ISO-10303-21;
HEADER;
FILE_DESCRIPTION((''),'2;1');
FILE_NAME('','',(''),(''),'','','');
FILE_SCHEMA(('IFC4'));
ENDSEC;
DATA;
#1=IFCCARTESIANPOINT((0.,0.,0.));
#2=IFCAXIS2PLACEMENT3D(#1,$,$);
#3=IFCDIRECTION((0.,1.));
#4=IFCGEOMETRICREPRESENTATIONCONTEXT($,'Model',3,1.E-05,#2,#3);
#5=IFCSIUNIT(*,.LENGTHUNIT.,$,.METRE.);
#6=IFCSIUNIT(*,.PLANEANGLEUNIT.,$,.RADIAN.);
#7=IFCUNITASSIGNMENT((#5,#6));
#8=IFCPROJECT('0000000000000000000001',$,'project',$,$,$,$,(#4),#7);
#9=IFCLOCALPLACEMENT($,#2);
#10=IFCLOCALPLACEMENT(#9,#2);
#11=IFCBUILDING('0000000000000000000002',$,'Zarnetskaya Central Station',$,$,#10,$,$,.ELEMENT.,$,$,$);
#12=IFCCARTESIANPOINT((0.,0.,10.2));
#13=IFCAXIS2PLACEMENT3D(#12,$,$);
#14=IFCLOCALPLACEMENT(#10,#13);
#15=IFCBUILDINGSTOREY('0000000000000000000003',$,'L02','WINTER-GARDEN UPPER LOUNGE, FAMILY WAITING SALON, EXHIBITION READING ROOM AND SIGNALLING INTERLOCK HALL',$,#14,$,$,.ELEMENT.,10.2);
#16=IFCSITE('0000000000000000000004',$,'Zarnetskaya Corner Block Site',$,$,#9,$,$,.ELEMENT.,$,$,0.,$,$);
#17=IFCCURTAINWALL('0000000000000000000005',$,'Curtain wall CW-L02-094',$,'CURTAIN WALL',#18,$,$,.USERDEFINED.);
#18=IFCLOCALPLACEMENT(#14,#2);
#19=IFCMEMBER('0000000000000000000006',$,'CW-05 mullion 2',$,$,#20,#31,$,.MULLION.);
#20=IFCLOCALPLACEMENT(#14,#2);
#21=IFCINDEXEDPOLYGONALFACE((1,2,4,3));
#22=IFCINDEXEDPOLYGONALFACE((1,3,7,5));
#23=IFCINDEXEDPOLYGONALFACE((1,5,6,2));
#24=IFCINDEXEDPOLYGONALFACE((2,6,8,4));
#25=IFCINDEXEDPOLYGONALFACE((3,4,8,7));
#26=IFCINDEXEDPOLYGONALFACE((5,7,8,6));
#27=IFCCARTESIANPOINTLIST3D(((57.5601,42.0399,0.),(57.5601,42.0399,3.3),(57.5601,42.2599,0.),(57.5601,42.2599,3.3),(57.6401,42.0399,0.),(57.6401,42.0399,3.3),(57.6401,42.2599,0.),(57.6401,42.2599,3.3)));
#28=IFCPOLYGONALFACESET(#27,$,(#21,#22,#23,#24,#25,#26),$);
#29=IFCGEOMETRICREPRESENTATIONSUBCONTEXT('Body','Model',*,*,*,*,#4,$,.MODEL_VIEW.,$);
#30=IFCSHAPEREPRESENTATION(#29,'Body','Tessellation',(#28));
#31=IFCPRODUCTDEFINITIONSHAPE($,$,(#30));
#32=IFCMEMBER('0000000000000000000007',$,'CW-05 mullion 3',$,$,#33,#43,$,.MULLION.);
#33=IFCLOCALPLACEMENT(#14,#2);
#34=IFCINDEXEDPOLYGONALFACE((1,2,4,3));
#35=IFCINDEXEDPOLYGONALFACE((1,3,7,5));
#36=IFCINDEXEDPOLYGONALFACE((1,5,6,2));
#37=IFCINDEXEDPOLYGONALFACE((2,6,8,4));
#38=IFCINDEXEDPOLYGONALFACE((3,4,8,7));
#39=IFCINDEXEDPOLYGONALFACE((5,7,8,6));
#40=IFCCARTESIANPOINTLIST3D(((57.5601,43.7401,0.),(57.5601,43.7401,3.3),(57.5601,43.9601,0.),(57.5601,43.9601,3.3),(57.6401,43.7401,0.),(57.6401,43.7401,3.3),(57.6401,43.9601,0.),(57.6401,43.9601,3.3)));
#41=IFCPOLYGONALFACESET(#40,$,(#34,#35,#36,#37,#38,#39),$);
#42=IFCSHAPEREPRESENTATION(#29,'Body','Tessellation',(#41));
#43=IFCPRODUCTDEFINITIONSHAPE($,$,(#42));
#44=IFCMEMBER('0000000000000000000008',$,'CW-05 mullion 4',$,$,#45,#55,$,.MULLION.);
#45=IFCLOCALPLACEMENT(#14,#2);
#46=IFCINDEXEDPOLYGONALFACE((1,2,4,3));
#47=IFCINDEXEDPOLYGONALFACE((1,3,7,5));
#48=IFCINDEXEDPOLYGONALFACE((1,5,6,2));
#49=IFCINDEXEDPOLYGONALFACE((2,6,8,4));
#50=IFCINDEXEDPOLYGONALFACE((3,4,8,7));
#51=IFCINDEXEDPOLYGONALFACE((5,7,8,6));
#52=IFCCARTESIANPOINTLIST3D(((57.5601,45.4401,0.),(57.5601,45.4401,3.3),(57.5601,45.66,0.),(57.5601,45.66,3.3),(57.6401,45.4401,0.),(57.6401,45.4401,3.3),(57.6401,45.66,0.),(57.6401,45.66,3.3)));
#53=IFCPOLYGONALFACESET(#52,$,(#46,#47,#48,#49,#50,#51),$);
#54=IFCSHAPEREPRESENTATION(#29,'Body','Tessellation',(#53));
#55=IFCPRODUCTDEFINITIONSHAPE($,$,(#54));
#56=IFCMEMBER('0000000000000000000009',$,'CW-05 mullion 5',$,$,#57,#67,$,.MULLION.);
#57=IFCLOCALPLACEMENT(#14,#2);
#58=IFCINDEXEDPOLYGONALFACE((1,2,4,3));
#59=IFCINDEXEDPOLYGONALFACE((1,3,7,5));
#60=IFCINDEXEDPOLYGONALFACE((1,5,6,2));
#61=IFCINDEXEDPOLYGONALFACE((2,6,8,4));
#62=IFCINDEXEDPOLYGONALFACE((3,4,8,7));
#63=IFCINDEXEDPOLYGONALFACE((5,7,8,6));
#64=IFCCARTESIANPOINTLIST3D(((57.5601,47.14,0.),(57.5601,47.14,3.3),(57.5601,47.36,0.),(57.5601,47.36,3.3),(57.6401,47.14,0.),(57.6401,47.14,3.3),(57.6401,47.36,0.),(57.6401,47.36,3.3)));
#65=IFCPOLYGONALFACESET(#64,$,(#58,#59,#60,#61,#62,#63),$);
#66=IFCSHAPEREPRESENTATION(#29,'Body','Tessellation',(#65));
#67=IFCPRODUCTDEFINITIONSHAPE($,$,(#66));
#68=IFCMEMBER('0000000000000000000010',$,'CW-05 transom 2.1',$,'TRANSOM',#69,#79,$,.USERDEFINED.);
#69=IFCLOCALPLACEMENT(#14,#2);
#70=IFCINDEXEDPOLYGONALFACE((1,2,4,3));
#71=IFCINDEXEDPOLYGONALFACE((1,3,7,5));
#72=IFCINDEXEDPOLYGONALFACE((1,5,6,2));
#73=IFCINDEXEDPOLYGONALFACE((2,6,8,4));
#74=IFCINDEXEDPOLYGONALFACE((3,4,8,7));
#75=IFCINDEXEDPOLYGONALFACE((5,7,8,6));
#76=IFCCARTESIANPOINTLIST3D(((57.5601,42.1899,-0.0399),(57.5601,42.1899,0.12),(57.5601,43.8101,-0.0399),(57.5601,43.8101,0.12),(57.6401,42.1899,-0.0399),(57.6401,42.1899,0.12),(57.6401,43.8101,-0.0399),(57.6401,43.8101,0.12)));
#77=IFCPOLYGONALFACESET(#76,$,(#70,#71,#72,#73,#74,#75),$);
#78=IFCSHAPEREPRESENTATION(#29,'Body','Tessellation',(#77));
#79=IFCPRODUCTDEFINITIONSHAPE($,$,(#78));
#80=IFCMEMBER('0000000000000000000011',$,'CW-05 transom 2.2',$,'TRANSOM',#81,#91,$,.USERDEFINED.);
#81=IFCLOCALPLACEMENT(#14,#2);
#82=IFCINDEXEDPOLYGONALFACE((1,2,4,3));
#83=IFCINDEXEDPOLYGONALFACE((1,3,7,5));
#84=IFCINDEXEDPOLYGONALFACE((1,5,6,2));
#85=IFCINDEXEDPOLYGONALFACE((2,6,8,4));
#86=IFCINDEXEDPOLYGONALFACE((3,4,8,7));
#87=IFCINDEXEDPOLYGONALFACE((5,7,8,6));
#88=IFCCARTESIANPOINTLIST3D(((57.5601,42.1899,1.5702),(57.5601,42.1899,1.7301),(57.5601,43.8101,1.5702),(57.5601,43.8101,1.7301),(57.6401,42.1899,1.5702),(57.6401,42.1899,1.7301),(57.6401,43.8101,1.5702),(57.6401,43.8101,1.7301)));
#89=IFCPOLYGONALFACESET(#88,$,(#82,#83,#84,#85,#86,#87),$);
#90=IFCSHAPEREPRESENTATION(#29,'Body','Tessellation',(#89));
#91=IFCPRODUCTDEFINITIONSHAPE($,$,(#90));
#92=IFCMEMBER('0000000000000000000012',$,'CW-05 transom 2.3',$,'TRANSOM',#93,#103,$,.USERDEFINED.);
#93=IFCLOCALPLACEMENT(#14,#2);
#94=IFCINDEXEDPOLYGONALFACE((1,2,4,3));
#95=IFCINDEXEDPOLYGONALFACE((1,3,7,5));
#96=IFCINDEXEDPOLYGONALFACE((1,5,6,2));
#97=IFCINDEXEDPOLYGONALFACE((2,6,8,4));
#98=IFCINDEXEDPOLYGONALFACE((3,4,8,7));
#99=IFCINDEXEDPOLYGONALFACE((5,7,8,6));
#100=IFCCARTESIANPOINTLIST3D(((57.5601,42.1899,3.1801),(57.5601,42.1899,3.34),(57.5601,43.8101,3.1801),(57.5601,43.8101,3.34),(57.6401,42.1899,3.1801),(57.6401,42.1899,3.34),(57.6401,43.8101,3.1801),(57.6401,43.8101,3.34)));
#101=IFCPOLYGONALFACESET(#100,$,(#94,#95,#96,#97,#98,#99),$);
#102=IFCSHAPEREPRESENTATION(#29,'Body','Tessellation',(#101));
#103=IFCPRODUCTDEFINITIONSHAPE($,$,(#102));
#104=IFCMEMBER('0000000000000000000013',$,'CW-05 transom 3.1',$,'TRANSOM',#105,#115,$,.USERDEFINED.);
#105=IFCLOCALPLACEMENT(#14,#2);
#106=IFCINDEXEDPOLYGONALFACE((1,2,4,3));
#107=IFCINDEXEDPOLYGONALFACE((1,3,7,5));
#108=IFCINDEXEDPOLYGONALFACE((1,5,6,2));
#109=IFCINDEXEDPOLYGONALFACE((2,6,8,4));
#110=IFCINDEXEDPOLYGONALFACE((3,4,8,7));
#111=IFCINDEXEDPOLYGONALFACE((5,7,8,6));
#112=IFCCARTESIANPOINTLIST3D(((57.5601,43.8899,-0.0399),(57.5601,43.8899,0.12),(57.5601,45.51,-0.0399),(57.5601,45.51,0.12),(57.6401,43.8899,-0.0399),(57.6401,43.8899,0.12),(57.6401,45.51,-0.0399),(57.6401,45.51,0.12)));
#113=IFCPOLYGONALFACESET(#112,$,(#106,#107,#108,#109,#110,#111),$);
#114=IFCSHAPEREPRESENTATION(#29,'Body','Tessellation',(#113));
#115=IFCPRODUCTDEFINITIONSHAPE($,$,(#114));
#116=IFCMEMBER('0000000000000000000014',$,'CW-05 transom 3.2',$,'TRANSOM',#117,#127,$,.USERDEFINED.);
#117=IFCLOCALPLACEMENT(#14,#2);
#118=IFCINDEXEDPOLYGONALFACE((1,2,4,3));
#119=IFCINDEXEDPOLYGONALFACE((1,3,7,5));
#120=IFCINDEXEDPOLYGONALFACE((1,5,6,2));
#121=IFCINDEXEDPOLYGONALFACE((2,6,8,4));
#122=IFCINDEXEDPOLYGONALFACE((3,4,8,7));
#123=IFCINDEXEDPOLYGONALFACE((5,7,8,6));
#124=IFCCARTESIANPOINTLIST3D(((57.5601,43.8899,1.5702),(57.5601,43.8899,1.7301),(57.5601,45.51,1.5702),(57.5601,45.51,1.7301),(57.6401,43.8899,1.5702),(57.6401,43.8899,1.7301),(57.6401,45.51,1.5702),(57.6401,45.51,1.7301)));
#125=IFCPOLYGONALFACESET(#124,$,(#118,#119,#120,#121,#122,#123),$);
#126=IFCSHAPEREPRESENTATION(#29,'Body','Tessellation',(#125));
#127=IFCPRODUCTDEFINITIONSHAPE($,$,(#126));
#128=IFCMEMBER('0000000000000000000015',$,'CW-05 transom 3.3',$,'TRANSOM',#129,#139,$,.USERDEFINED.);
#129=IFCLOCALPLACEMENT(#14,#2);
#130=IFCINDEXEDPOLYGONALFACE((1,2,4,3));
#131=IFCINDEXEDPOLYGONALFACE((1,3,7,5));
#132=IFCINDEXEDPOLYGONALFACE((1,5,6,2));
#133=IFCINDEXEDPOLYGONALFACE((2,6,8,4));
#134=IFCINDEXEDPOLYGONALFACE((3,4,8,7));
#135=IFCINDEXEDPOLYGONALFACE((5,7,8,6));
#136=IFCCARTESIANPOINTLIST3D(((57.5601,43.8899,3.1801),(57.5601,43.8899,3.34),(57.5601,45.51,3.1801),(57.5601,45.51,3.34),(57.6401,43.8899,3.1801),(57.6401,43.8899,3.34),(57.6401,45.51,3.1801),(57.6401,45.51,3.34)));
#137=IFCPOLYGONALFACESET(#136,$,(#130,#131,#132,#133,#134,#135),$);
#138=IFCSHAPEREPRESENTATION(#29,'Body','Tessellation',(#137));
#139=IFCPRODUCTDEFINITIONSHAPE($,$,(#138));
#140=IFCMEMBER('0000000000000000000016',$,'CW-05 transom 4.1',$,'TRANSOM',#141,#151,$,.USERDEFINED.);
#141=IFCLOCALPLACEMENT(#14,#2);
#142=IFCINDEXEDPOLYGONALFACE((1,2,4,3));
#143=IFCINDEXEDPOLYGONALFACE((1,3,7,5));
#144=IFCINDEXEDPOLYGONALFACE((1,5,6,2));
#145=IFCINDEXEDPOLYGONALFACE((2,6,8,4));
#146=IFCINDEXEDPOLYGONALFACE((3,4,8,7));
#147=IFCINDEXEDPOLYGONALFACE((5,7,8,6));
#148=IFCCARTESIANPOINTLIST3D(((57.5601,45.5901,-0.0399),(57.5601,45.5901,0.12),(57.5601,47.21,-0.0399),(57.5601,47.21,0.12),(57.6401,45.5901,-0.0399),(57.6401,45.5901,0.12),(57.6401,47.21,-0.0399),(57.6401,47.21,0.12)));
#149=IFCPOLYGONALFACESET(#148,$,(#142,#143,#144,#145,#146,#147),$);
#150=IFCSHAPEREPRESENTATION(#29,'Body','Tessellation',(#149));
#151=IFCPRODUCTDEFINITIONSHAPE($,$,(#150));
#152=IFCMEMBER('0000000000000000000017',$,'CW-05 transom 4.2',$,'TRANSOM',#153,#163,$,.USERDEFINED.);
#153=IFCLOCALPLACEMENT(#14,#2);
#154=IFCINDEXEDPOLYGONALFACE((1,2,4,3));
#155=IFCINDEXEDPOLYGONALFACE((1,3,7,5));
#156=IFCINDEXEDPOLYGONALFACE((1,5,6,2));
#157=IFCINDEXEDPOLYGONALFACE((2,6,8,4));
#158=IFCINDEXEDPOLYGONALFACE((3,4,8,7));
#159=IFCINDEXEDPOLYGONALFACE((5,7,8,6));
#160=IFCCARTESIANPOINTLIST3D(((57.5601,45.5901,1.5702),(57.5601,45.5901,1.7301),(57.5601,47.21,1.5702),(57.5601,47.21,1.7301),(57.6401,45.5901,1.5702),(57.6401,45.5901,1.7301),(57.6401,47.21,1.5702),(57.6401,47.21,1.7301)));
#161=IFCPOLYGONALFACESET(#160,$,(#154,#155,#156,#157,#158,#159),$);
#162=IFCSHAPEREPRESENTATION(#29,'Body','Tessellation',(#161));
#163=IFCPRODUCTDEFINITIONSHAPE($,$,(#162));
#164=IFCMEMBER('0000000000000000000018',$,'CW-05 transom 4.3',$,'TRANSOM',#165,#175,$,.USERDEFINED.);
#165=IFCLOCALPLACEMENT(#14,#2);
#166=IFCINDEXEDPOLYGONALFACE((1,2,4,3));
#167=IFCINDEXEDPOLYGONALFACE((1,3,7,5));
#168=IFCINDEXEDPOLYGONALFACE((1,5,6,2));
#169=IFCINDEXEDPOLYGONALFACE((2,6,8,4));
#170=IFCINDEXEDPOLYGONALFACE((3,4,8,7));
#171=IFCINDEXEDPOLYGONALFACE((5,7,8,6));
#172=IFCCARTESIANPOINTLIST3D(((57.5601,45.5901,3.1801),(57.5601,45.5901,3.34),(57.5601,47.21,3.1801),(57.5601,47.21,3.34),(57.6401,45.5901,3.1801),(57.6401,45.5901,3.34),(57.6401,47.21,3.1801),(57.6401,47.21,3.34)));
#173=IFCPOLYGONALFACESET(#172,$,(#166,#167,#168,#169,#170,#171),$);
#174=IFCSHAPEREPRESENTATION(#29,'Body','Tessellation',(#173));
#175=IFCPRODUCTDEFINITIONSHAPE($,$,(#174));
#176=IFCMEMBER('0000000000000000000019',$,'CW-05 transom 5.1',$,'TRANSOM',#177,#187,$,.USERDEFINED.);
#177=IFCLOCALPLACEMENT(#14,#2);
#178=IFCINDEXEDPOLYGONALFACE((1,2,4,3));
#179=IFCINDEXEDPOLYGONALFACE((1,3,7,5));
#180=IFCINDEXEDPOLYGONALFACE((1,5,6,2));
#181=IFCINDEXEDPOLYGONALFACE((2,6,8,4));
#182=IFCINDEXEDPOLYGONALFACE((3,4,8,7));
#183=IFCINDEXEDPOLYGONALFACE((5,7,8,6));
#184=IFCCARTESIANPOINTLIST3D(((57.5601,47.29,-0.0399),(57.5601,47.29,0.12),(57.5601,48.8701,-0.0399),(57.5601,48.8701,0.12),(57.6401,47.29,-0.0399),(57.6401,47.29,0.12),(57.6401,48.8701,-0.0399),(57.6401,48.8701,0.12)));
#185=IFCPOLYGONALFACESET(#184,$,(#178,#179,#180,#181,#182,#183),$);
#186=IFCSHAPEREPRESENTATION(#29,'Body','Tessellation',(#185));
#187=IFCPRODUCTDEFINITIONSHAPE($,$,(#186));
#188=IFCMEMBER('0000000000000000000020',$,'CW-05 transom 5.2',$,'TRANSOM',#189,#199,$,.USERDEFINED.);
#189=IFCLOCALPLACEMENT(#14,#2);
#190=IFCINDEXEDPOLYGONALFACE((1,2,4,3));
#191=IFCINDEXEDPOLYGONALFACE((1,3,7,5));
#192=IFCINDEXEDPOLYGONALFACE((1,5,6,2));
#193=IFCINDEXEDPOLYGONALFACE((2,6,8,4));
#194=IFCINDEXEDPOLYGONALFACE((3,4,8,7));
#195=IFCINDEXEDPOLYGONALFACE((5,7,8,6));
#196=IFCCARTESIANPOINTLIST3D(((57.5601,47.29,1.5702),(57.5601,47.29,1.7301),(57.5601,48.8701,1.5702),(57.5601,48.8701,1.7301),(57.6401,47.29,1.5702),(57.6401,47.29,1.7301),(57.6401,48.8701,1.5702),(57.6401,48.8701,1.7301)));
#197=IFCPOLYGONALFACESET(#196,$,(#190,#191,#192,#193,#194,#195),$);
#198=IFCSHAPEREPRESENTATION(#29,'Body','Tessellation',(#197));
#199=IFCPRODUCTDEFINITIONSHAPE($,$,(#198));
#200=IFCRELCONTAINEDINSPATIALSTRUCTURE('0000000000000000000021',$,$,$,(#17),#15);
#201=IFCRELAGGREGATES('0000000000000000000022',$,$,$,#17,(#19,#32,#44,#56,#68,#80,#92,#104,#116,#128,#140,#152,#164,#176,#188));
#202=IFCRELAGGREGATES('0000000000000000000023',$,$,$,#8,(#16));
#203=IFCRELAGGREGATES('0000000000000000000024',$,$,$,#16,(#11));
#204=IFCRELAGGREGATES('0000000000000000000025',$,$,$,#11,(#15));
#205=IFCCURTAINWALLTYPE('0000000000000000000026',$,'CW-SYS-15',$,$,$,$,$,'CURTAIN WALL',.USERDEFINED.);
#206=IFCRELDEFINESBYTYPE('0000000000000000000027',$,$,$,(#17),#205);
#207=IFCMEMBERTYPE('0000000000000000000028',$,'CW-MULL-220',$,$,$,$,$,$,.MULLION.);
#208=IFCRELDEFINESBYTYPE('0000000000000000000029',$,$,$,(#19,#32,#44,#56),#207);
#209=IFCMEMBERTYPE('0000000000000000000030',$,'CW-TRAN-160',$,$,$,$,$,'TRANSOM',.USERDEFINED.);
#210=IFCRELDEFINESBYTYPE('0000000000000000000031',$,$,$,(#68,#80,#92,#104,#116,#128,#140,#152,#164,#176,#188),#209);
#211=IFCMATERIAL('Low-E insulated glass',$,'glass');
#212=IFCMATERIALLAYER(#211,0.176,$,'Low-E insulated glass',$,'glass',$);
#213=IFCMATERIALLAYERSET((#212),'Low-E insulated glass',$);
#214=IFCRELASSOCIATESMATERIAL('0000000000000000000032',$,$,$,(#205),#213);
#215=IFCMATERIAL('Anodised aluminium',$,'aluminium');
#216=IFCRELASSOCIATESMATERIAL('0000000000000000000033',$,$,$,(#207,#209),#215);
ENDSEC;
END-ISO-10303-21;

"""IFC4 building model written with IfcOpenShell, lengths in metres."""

from ifc_helpers import new_model, si_unit, direction, frame, origin, origin_2d, place, context, subcontext, project, spatial, rectangle, extrude, material, layer, layer_set, material_profile, profile_set, type_object, element, aggregate, save


model = new_model("IFC4")

# Units and contexts
model_context = context("Model", 3, precision=1e-05, world=origin(), true_north=direction((0.0, 1.0)))
body_context = subcontext(model_context, "Body", "Model", "MODEL_VIEW")
ifc_project = project(units=[si_unit("LENGTHUNIT", "METRE"), si_unit("PLANEANGLEUNIT", "RADIAN")], contexts=[model_context])

# Site, building, storey
site_placement = place(None, origin())
site = spatial("IfcSite", under=ifc_project, at=site_placement, Name="Zarnetskaya Corner Block Site", CompositionType="ELEMENT", RefElevation=0.0)
building_placement = place(site_placement, origin())
building = spatial("IfcBuilding", under=site, at=building_placement, Name="Zarnetskaya Central Station", CompositionType="ELEMENT")
storey_placement = place(building_placement, frame((0.0, 0.0, 10.2)))
storey = spatial("IfcBuildingStorey", under=building, at=storey_placement, Name="L02", Description="WINTER-GARDEN UPPER LOUNGE, FAMILY WAITING SALON, EXHIBITION READING ROOM AND SIGNALLING INTERLOCK HALL", CompositionType="ELEMENT", Elevation=10.2)

# Curtain wall, members
ifc_material_1 = material(Name="Low-E insulated glass", Category="glass")
ifc_layer_1 = layer(ifc_material_1, 0.176, Name="Low-E insulated glass", Category="glass")
ifc_layer_set_1 = layer_set([ifc_layer_1], Name="Low-E insulated glass")
curtain_wall_type = type_object("IfcCurtainWallType", Name="CW-SYS-15", ElementType="CURTAIN WALL", PredefinedType="USERDEFINED", material=ifc_layer_set_1)
curtain_wall_placement = place(storey_placement, origin())
curtain_wall = element("IfcCurtainWall", 1, at=curtain_wall_placement, inside=storey, type_object=curtain_wall_type, Name="Curtain wall CW-L02-094", ObjectType="CURTAIN WALL", PredefinedType="USERDEFINED")
ifc_material_2 = material(Name="Anodised aluminium", Category="aluminium")
ifc_material_profile_1 = material_profile(ifc_material_2, rectangle(XDim=0.0801, YDim=0.22, at=origin_2d()), Name="ALU MULL 80x220")
ifc_profile_set_1 = profile_set([ifc_material_profile_1], Name="Anodised aluminium")
member_type_1 = type_object("IfcMemberType", Name="CW-MULL-220", PredefinedType="MULLION", material=ifc_profile_set_1)
member_1_placement = place(storey_placement, frame((57.6001, 42.1499, 0.0), z_axis=(0.0, 0.0, 1.0), x_axis=(-1.0, 0.0, 0.0)))
member_1 = element("IfcMember", 2, at=member_1_placement, type_object=member_type_1, Name="CW-05 mullion 2", PredefinedType="MULLION", context=body_context, shape_type="SweptSolid", body=[
    extrude(rectangle(XDim=0.0801, YDim=0.22, at=origin_2d()), origin(), (0.0, 0.0, 1.0), 3.3),
])
member_2_placement = place(storey_placement, frame((57.6001, 43.8501, 0.0), z_axis=(0.0, 0.0, 1.0), x_axis=(-1.0, 0.0, 0.0)))
member_2 = element("IfcMember", 3, at=member_2_placement, type_object=member_type_1, Name="CW-05 mullion 3", PredefinedType="MULLION", context=body_context, shape_type="SweptSolid", body=[
    extrude(rectangle(XDim=0.0801, YDim=0.22, at=origin_2d()), origin(), (0.0, 0.0, 1.0), 3.3),
])
member_3_placement = place(storey_placement, frame((57.6001, 45.55, 0.0), z_axis=(0.0, 0.0, 1.0), x_axis=(-1.0, 0.0, 0.0)))
member_3 = element("IfcMember", 4, at=member_3_placement, type_object=member_type_1, Name="CW-05 mullion 4", PredefinedType="MULLION", context=body_context, shape_type="SweptSolid", body=[
    extrude(rectangle(XDim=0.0801, YDim=0.22, at=origin_2d()), origin(), (0.0, 0.0, 1.0), 3.3),
])
member_4_placement = place(storey_placement, frame((57.6001, 47.25, 0.0), z_axis=(0.0, 0.0, 1.0), x_axis=(-1.0, 0.0, 0.0)))
member_4 = element("IfcMember", 5, at=member_4_placement, type_object=member_type_1, Name="CW-05 mullion 5", PredefinedType="MULLION", context=body_context, shape_type="SweptSolid", body=[
    extrude(rectangle(XDim=0.0801, YDim=0.22, at=origin_2d()), origin(), (0.0, 0.0, 1.0), 3.3),
])
ifc_material_profile_2 = material_profile(ifc_material_2, rectangle(XDim=0.0801, YDim=0.1599, at=origin_2d()), Name="ALU TRAN 80x160")
ifc_profile_set_2 = profile_set([ifc_material_profile_2], Name="Anodised aluminium")
member_type_2 = type_object("IfcMemberType", Name="CW-TRAN-160", ElementType="TRANSOM", PredefinedType="USERDEFINED", material=ifc_profile_set_2)
member_5_placement = place(storey_placement, frame((57.6001, 42.1899, 0.04), z_axis=(0.0, 1.0, 0.0), x_axis=(-1.0, 0.0, 0.0)))
member_5 = element("IfcMember", 6, at=member_5_placement, type_object=member_type_2, Name="CW-05 transom 2.1", ObjectType="TRANSOM", PredefinedType="USERDEFINED", context=body_context, shape_type="SweptSolid", body=[
    extrude(rectangle(XDim=0.0801, YDim=0.1599, at=origin_2d()), origin(), (0.0, 0.0, 1.0), 1.6201),
])
member_6_placement = place(storey_placement, frame((57.6001, 42.1899, 1.6501), z_axis=(0.0, 1.0, 0.0), x_axis=(-1.0, 0.0, 0.0)))
member_6 = element("IfcMember", 7, at=member_6_placement, type_object=member_type_2, Name="CW-05 transom 2.2", ObjectType="TRANSOM", PredefinedType="USERDEFINED", context=body_context, shape_type="SweptSolid", body=[
    extrude(rectangle(XDim=0.0801, YDim=0.1599, at=origin_2d()), origin(), (0.0, 0.0, 1.0), 1.6201),
])
member_7_placement = place(storey_placement, frame((57.6001, 42.1899, 3.26), z_axis=(0.0, 1.0, 0.0), x_axis=(-1.0, 0.0, 0.0)))
member_7 = element("IfcMember", 8, at=member_7_placement, type_object=member_type_2, Name="CW-05 transom 2.3", ObjectType="TRANSOM", PredefinedType="USERDEFINED", context=body_context, shape_type="SweptSolid", body=[
    extrude(rectangle(XDim=0.0801, YDim=0.1599, at=origin_2d()), origin(), (0.0, 0.0, 1.0), 1.6201),
])
member_8_placement = place(storey_placement, frame((57.6001, 43.8899, 0.04), z_axis=(0.0, 1.0, 0.0), x_axis=(-1.0, 0.0, 0.0)))
member_8 = element("IfcMember", 9, at=member_8_placement, type_object=member_type_2, Name="CW-05 transom 3.1", ObjectType="TRANSOM", PredefinedType="USERDEFINED", context=body_context, shape_type="SweptSolid", body=[
    extrude(rectangle(XDim=0.0801, YDim=0.1599, at=origin_2d()), origin(), (0.0, 0.0, 1.0), 1.6201),
])
member_9_placement = place(storey_placement, frame((57.6001, 43.8899, 1.6501), z_axis=(0.0, 1.0, 0.0), x_axis=(-1.0, 0.0, 0.0)))
member_9 = element("IfcMember", 10, at=member_9_placement, type_object=member_type_2, Name="CW-05 transom 3.2", ObjectType="TRANSOM", PredefinedType="USERDEFINED", context=body_context, shape_type="SweptSolid", body=[
    extrude(rectangle(XDim=0.0801, YDim=0.1599, at=origin_2d()), origin(), (0.0, 0.0, 1.0), 1.6201),
])
member_10_placement = place(storey_placement, frame((57.6001, 43.8899, 3.26), z_axis=(0.0, 1.0, 0.0), x_axis=(-1.0, 0.0, 0.0)))
member_10 = element("IfcMember", 11, at=member_10_placement, type_object=member_type_2, Name="CW-05 transom 3.3", ObjectType="TRANSOM", PredefinedType="USERDEFINED", context=body_context, shape_type="SweptSolid", body=[
    extrude(rectangle(XDim=0.0801, YDim=0.1599, at=origin_2d()), origin(), (0.0, 0.0, 1.0), 1.6201),
])
member_11_placement = place(storey_placement, frame((57.6001, 45.5901, 0.04), z_axis=(0.0, 1.0, 0.0), x_axis=(-1.0, 0.0, 0.0)))
member_11 = element("IfcMember", 12, at=member_11_placement, type_object=member_type_2, Name="CW-05 transom 4.1", ObjectType="TRANSOM", PredefinedType="USERDEFINED", context=body_context, shape_type="SweptSolid", body=[
    extrude(rectangle(XDim=0.0801, YDim=0.1599, at=origin_2d()), origin(), (0.0, 0.0, 1.0), 1.6199),
])
member_12_placement = place(storey_placement, frame((57.6001, 45.5901, 1.6501), z_axis=(0.0, 1.0, 0.0), x_axis=(-1.0, 0.0, 0.0)))
member_12 = element("IfcMember", 13, at=member_12_placement, type_object=member_type_2, Name="CW-05 transom 4.2", ObjectType="TRANSOM", PredefinedType="USERDEFINED", context=body_context, shape_type="SweptSolid", body=[
    extrude(rectangle(XDim=0.0801, YDim=0.1599, at=origin_2d()), origin(), (0.0, 0.0, 1.0), 1.6199),
])
member_13_placement = place(storey_placement, frame((57.6001, 45.5901, 3.26), z_axis=(0.0, 1.0, 0.0), x_axis=(-1.0, 0.0, 0.0)))
member_13 = element("IfcMember", 14, at=member_13_placement, type_object=member_type_2, Name="CW-05 transom 4.3", ObjectType="TRANSOM", PredefinedType="USERDEFINED", context=body_context, shape_type="SweptSolid", body=[
    extrude(rectangle(XDim=0.0801, YDim=0.1599, at=origin_2d()), origin(), (0.0, 0.0, 1.0), 1.6199),
])
member_14_placement = place(storey_placement, frame((57.6001, 47.29, 0.04), z_axis=(0.0, 1.0, 0.0), x_axis=(-1.0, 0.0, 0.0)))
member_14 = element("IfcMember", 15, at=member_14_placement, type_object=member_type_2, Name="CW-05 transom 5.1", ObjectType="TRANSOM", PredefinedType="USERDEFINED", context=body_context, shape_type="SweptSolid", body=[
    extrude(rectangle(XDim=0.0801, YDim=0.1599, at=origin_2d()), origin(), (0.0, 0.0, 1.0), 1.5801),
])
member_15_placement = place(storey_placement, frame((57.6001, 47.29, 1.6501), z_axis=(0.0, 1.0, 0.0), x_axis=(-1.0, 0.0, 0.0)))
member_15 = element("IfcMember", 16, at=member_15_placement, type_object=member_type_2, Name="CW-05 transom 5.2", ObjectType="TRANSOM", PredefinedType="USERDEFINED", context=body_context, shape_type="SweptSolid", body=[
    extrude(rectangle(XDim=0.0801, YDim=0.1599, at=origin_2d()), origin(), (0.0, 0.0, 1.0), 1.5801),
])
aggregate(curtain_wall, [member_1, member_2, member_3, member_4, member_5, member_6, member_7, member_8, member_9, member_10, member_11, member_12, member_13, member_14, member_15])

save(model, "model.ifc")
